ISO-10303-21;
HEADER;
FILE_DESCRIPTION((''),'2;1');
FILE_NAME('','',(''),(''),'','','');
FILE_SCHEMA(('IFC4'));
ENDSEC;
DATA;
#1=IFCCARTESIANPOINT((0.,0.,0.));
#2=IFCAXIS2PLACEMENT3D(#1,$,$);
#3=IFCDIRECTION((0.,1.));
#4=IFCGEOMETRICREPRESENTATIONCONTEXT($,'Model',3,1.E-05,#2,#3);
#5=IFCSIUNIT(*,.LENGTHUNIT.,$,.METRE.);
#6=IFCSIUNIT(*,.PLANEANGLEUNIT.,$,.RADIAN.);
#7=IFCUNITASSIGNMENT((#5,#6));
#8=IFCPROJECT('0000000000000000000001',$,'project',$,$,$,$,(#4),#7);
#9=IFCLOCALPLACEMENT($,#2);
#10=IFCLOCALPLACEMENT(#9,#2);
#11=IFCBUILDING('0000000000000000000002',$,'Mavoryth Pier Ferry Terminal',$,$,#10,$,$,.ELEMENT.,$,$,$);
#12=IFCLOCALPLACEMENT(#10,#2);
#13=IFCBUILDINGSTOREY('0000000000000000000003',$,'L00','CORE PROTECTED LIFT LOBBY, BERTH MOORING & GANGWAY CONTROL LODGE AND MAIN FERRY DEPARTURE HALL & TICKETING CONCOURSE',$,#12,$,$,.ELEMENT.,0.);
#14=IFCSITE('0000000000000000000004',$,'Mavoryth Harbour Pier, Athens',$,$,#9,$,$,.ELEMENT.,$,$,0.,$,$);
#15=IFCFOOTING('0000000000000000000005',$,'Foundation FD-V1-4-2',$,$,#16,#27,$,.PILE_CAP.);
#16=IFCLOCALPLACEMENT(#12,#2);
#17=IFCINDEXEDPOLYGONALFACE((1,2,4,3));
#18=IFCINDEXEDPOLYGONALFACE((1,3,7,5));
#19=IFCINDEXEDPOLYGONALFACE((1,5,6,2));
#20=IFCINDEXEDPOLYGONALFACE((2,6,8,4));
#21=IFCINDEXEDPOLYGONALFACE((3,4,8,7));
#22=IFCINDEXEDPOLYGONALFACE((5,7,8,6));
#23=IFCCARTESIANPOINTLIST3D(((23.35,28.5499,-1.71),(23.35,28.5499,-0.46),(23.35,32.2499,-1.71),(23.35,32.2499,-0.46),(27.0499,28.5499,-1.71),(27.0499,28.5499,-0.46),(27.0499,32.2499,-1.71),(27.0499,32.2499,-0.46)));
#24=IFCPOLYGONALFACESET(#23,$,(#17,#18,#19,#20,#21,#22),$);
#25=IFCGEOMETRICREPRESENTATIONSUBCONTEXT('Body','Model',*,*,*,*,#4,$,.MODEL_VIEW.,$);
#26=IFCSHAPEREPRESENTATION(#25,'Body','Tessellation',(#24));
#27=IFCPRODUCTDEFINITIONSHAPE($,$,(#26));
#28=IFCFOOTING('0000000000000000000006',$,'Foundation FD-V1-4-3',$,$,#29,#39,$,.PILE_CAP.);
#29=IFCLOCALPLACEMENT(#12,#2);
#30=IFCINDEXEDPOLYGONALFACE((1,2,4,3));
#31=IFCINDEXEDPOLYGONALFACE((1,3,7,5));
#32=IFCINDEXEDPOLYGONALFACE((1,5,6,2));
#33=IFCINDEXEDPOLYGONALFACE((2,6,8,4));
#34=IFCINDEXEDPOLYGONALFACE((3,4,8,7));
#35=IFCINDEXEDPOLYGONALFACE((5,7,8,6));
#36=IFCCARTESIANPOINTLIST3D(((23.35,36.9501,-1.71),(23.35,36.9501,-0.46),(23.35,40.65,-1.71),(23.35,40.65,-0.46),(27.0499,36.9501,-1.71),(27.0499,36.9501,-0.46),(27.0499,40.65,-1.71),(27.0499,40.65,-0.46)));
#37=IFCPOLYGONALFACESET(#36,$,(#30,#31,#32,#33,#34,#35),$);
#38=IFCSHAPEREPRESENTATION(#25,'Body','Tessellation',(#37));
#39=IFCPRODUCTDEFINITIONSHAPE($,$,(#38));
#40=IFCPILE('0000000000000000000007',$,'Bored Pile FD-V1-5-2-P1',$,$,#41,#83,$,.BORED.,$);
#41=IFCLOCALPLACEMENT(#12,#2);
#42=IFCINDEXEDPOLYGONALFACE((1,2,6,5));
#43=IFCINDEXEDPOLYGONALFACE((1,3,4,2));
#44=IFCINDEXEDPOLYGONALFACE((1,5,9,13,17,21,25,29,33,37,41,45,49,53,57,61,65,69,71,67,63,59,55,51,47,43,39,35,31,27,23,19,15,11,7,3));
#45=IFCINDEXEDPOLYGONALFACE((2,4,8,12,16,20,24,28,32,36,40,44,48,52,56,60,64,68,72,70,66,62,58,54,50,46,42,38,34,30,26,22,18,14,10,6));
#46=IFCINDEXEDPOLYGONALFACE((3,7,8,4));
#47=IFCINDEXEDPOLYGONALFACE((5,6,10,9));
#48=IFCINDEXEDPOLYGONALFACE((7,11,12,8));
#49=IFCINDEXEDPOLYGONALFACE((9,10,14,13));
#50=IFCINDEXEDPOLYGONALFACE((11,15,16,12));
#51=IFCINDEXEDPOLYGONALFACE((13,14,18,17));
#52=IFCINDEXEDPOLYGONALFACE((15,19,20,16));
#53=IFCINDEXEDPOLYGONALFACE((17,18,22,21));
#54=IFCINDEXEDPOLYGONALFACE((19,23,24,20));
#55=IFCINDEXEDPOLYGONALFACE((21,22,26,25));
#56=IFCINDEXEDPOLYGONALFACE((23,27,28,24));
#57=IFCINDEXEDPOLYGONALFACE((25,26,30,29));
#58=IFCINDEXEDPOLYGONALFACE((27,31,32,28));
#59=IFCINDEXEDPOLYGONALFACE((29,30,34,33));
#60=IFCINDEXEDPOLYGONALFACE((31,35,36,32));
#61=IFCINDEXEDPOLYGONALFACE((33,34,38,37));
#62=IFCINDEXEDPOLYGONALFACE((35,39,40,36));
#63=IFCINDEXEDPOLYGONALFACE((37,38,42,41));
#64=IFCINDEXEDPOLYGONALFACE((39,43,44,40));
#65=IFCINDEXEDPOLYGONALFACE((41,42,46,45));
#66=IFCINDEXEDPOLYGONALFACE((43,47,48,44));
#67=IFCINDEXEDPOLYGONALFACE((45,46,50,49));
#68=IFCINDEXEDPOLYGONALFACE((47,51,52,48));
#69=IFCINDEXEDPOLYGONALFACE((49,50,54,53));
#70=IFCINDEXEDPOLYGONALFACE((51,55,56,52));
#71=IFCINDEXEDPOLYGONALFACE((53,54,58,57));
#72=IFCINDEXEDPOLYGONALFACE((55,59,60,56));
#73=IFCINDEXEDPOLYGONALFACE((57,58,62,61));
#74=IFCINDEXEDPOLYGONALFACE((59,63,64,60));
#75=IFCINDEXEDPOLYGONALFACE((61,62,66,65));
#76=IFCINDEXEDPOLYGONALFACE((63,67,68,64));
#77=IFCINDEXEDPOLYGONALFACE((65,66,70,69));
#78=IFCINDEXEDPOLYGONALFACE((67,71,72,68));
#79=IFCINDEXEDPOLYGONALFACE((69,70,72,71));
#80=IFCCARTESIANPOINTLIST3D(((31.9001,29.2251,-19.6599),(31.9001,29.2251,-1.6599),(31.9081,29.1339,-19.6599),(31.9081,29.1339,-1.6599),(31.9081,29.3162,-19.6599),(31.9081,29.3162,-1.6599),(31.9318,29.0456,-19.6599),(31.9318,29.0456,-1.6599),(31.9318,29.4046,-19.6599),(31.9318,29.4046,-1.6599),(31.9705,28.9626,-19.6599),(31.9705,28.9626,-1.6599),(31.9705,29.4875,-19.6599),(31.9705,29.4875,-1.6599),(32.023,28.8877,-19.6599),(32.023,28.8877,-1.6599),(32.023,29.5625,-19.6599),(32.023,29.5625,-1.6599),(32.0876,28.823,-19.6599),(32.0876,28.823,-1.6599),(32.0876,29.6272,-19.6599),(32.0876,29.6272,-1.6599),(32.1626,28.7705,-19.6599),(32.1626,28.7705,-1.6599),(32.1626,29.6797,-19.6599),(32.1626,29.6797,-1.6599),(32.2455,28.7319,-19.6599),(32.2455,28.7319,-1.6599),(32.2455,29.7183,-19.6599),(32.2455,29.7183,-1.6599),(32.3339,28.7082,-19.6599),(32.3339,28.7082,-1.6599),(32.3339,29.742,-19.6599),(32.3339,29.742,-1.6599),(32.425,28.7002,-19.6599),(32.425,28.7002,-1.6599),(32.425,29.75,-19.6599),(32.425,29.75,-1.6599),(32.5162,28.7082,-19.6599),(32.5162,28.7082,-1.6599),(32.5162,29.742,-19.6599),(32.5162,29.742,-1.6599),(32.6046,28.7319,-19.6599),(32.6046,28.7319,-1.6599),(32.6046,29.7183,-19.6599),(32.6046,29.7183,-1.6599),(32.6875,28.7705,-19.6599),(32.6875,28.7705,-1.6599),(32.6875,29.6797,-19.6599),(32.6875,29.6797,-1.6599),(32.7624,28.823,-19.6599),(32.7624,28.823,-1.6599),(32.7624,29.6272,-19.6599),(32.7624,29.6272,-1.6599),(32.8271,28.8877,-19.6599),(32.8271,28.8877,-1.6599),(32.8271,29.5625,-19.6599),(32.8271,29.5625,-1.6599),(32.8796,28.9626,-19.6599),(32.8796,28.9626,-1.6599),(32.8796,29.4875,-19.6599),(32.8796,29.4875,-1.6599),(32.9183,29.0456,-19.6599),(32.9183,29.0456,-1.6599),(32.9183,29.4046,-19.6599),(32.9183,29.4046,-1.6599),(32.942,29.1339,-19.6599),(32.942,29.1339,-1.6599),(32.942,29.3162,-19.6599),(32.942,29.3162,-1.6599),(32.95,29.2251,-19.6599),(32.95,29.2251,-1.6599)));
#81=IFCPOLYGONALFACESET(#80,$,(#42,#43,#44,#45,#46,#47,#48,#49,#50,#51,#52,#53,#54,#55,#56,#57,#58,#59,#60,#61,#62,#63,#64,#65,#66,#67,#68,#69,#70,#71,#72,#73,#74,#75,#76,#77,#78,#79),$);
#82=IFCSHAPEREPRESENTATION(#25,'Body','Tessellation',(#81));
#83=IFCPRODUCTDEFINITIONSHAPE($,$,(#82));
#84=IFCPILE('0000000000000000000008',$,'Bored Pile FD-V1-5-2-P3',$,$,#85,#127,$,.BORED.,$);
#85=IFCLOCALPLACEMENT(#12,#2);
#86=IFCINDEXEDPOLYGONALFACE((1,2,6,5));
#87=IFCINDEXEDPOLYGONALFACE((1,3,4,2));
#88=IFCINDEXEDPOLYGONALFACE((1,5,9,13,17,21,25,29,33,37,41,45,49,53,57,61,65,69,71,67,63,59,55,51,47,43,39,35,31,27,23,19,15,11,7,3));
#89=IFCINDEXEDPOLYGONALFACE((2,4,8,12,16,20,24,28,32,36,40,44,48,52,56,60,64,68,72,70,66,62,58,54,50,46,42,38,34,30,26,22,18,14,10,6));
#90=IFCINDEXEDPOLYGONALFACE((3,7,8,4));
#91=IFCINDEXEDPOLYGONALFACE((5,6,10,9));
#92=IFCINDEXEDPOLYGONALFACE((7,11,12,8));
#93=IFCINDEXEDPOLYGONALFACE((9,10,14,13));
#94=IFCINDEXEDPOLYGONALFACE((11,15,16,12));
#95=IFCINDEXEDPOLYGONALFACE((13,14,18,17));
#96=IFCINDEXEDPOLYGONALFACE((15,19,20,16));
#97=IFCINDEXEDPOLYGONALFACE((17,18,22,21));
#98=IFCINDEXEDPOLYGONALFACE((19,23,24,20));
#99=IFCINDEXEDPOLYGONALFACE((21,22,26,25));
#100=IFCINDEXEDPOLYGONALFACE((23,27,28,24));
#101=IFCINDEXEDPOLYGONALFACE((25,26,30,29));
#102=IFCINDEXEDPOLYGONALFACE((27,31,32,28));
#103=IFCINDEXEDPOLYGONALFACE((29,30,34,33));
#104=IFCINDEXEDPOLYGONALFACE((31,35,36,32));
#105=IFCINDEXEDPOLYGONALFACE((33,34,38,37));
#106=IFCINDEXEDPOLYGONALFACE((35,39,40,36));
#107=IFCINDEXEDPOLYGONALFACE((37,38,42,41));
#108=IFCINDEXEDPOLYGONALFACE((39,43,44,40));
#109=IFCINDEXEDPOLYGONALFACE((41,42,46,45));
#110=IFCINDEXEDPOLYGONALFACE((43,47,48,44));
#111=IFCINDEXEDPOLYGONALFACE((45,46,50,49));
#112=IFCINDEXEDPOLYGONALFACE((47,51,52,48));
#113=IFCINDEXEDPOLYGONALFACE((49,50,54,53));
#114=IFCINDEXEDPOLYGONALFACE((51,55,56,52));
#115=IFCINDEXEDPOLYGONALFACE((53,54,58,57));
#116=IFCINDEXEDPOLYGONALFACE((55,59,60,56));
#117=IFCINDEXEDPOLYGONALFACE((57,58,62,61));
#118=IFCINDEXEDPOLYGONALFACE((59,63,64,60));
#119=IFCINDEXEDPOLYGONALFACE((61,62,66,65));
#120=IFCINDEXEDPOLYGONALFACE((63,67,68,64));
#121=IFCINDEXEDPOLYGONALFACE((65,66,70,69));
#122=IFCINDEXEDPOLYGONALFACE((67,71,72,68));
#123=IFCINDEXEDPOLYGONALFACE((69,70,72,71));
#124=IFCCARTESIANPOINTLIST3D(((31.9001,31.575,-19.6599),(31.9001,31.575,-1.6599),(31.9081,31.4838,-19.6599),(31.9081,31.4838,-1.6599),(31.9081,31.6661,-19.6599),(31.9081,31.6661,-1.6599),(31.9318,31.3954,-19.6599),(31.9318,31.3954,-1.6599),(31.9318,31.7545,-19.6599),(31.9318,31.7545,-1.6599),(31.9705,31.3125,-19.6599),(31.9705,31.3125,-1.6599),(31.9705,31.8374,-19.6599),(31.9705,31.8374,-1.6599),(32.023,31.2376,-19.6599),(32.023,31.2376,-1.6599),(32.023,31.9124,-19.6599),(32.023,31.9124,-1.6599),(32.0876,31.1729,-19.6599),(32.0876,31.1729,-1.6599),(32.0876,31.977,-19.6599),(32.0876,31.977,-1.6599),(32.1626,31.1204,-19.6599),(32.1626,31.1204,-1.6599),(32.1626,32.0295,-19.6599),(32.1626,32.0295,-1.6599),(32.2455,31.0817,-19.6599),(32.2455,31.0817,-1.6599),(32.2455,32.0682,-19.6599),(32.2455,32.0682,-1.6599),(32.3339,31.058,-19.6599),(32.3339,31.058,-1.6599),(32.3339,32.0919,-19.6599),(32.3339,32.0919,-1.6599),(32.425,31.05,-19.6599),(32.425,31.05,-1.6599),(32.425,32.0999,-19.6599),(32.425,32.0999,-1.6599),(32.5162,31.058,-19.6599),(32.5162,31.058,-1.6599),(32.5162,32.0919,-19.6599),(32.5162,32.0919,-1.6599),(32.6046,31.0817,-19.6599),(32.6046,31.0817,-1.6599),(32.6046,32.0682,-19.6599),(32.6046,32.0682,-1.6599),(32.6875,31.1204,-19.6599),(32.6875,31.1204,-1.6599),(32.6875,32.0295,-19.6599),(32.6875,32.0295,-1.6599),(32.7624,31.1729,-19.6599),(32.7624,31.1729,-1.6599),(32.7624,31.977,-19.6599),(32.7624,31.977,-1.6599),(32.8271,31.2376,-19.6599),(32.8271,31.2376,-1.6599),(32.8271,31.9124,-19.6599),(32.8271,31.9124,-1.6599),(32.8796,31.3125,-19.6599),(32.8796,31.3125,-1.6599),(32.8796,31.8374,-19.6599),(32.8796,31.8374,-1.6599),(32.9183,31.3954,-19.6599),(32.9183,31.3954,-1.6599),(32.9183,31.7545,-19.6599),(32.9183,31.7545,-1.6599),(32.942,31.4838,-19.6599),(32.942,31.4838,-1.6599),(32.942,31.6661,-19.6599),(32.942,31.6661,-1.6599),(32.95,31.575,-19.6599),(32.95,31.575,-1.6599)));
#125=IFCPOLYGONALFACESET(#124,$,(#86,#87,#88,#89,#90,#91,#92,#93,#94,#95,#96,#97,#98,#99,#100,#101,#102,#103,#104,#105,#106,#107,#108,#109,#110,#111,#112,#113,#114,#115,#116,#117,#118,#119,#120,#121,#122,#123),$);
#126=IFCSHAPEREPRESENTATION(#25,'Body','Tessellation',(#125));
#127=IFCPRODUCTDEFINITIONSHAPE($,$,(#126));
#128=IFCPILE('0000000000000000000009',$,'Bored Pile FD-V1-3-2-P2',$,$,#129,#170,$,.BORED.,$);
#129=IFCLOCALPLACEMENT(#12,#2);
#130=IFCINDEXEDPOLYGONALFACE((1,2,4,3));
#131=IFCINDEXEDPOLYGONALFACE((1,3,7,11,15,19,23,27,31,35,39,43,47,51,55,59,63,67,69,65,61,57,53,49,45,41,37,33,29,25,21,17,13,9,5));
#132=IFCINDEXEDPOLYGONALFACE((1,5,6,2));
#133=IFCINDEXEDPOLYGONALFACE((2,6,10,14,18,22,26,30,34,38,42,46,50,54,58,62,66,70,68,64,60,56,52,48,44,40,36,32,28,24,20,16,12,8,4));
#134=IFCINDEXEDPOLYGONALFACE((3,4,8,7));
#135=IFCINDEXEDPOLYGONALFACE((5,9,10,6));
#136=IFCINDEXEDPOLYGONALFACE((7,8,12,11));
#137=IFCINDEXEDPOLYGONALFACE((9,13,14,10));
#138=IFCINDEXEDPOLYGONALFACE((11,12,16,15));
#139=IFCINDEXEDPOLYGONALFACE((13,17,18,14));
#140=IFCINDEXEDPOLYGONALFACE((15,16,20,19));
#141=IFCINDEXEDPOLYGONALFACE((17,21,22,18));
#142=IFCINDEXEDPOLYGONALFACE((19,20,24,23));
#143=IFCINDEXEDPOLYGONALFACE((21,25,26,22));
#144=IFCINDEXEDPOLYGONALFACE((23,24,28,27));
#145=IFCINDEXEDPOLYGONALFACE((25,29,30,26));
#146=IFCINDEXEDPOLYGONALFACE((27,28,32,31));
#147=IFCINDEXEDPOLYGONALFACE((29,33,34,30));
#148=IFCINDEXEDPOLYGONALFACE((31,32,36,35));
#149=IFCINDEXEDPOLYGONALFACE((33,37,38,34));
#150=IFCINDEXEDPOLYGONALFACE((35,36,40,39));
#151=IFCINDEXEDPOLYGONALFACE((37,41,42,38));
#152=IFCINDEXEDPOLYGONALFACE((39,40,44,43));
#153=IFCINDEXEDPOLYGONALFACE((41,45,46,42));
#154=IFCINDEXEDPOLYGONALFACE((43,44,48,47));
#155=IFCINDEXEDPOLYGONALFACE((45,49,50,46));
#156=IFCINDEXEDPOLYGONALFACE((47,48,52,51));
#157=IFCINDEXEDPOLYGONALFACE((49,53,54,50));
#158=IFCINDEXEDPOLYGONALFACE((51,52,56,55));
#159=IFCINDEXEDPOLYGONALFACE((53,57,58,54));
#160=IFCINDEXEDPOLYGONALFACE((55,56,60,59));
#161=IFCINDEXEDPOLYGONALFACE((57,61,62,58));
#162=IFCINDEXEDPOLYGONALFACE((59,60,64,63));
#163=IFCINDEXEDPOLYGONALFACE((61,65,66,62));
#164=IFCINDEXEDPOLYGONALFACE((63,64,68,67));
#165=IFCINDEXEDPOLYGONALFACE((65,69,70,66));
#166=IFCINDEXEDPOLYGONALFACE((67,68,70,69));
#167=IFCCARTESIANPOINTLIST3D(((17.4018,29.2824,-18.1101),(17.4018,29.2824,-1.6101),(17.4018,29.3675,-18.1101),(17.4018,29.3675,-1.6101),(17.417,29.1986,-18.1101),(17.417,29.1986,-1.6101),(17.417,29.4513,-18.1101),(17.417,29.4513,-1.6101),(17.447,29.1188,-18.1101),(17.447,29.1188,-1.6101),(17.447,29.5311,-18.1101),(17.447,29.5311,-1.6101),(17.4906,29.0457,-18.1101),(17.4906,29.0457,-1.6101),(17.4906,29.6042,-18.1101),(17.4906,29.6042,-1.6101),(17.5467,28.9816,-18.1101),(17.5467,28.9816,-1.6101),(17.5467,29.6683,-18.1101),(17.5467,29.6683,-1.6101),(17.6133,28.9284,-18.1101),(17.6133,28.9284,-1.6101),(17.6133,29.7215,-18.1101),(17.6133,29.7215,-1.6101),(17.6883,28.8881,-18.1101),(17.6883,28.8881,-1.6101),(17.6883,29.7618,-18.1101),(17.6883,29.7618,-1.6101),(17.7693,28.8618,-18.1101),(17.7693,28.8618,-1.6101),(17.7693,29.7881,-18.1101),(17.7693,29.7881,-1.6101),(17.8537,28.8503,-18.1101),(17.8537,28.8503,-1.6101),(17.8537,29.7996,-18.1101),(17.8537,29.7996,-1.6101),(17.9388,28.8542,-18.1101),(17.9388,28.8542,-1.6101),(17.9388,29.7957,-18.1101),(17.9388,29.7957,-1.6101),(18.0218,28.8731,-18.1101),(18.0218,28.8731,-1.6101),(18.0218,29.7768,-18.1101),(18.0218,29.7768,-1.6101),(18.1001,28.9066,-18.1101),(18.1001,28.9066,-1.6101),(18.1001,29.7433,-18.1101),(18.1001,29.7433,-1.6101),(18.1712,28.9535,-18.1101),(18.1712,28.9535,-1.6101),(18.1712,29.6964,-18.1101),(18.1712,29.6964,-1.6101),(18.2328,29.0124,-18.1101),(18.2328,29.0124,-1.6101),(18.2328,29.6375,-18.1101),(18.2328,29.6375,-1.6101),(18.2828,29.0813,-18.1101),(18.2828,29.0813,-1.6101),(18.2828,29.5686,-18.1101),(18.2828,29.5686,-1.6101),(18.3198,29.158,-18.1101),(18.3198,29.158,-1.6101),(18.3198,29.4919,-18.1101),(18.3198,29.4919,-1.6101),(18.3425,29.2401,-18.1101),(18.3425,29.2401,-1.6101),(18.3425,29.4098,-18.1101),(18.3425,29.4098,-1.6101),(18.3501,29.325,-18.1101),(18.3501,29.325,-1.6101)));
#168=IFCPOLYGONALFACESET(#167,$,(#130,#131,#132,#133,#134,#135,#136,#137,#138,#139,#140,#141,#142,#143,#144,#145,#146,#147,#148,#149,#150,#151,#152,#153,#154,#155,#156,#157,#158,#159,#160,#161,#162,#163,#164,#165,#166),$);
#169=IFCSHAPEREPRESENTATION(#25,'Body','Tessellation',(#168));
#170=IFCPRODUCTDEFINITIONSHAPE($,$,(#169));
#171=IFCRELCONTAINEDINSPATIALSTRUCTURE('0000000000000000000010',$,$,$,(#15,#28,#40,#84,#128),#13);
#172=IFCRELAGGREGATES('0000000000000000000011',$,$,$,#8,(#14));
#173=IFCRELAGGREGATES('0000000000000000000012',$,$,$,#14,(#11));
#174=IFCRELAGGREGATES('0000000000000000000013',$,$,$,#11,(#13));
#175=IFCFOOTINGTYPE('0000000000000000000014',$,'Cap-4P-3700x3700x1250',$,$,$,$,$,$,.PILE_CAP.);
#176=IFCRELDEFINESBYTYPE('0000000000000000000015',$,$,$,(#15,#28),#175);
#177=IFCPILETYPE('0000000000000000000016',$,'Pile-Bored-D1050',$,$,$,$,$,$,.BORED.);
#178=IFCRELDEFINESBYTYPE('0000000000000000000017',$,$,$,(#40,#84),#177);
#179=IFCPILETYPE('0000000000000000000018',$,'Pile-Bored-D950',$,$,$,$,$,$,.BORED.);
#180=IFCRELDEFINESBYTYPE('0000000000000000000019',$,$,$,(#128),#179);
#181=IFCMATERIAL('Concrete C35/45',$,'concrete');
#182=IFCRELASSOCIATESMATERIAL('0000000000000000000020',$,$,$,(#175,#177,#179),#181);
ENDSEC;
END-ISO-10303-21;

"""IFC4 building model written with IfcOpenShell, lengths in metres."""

from ifc_helpers import new_model, si_unit, direction, frame, origin, origin_2d, place, context, subcontext, project, spatial, rectangle, circle, extrude, material, material_profile, profile_set, type_object, element, save


model = new_model("IFC4")

# Units and contexts
model_context = context("Model", 3, precision=1e-05, world=origin(), true_north=direction((0.0, 1.0)))
body_context = subcontext(model_context, "Body", "Model", "MODEL_VIEW")
ifc_project = project(units=[si_unit("LENGTHUNIT", "METRE"), si_unit("PLANEANGLEUNIT", "RADIAN")], contexts=[model_context])

# Site, building, storey
site_placement = place(None, origin())
site = spatial("IfcSite", under=ifc_project, at=site_placement, Name="Mavoryth Harbour Pier, Athens", CompositionType="ELEMENT", RefElevation=0.0)
building_placement = place(site_placement, origin())
building = spatial("IfcBuilding", under=site, at=building_placement, Name="Mavoryth Pier Ferry Terminal", CompositionType="ELEMENT")
storey_placement = place(building_placement, origin())
storey = spatial("IfcBuildingStorey", under=building, at=storey_placement, Name="L00", Description="CORE PROTECTED LIFT LOBBY, BERTH MOORING & GANGWAY CONTROL LODGE AND MAIN FERRY DEPARTURE HALL & TICKETING CONCOURSE", CompositionType="ELEMENT", Elevation=0.0)

# Footings
ifc_material_1 = material(Name="Concrete C35/45", Category="concrete")
footing_type_1 = type_object("IfcFootingType", Name="Cap-4P-3700x3700x1250", PredefinedType="PILE_CAP", material=ifc_material_1)
for number, where, z_axis, x_axis, name in (
    (1, (25.2, 30.3999, -1.71), (0.0, 0.0, 1.0), (1.0, 0.0, 0.0), "Foundation FD-V1-4-2"),
    (2, (25.2, 38.8, -1.71), (0.0, 0.0, 1.0), (1.0, 0.0, 0.0), "Foundation FD-V1-4-3"),
):
    element("IfcFooting", number, at=place(storey_placement, frame(where, z_axis=z_axis, x_axis=x_axis)), inside=storey, type_object=footing_type_1, Name=name, PredefinedType="PILE_CAP", context=body_context, shape_type="SweptSolid", body=[
        extrude(rectangle(XDim=3.7, YDim=3.7, at=origin_2d()), origin(), (0.0, 0.0, 1.0), 1.25),
    ])

# Piles
ifc_material_profile_1 = material_profile(ifc_material_1, circle(Radius=0.5249, at=origin_2d()), Name="PILE D1050", Category="concrete")
ifc_profile_set_1 = profile_set([ifc_material_profile_1], Name="Concrete C35/45 - PILE D1050")
pile_type_1 = type_object("IfcPileType", Name="Pile-Bored-D1050", PredefinedType="BORED", material=ifc_profile_set_1)
for number, where, z_axis, x_axis, name in (
    (3, (32.425, 29.2251, -1.6599), (0.0, 0.0, -1.0), (1.0, 0.0, 0.0), "Bored Pile FD-V1-5-2-P1"),
    (4, (32.425, 31.575, -1.6599), (0.0, 0.0, -1.0), (1.0, 0.0, 0.0), "Bored Pile FD-V1-5-2-P3"),
):
    element("IfcPile", number, at=place(storey_placement, frame(where, z_axis=z_axis, x_axis=x_axis)), inside=storey, type_object=pile_type_1, Name=name, PredefinedType="BORED", context=body_context, shape_type="SweptSolid", body=[
        extrude(circle(Radius=0.5249, at=origin_2d()), origin(), (0.0, 0.0, 1.0), 18.0),
    ])
ifc_material_profile_2 = material_profile(ifc_material_1, circle(Radius=0.4751, at=origin_2d()), Name="PILE D950", Category="concrete")
ifc_profile_set_2 = profile_set([ifc_material_profile_2], Name="Concrete C35/45 - PILE D950")
pile_type_2 = type_object("IfcPileType", Name="Pile-Bored-D950", PredefinedType="BORED", material=ifc_profile_set_2)
for number, where, z_axis, x_axis, name in (
    (5, (17.875, 29.325, -1.6101), (0.0, 0.0, -1.0), (1.0, 0.0, 0.0), "Bored Pile FD-V1-3-2-P2"),
):
    element("IfcPile", number, at=place(storey_placement, frame(where, z_axis=z_axis, x_axis=x_axis)), inside=storey, type_object=pile_type_2, Name=name, PredefinedType="BORED", context=body_context, shape_type="SweptSolid", body=[
        extrude(circle(Radius=0.4751, at=origin_2d()), origin(), (0.0, 0.0, 1.0), 16.5),
    ])

save(model, "model.ifc")
